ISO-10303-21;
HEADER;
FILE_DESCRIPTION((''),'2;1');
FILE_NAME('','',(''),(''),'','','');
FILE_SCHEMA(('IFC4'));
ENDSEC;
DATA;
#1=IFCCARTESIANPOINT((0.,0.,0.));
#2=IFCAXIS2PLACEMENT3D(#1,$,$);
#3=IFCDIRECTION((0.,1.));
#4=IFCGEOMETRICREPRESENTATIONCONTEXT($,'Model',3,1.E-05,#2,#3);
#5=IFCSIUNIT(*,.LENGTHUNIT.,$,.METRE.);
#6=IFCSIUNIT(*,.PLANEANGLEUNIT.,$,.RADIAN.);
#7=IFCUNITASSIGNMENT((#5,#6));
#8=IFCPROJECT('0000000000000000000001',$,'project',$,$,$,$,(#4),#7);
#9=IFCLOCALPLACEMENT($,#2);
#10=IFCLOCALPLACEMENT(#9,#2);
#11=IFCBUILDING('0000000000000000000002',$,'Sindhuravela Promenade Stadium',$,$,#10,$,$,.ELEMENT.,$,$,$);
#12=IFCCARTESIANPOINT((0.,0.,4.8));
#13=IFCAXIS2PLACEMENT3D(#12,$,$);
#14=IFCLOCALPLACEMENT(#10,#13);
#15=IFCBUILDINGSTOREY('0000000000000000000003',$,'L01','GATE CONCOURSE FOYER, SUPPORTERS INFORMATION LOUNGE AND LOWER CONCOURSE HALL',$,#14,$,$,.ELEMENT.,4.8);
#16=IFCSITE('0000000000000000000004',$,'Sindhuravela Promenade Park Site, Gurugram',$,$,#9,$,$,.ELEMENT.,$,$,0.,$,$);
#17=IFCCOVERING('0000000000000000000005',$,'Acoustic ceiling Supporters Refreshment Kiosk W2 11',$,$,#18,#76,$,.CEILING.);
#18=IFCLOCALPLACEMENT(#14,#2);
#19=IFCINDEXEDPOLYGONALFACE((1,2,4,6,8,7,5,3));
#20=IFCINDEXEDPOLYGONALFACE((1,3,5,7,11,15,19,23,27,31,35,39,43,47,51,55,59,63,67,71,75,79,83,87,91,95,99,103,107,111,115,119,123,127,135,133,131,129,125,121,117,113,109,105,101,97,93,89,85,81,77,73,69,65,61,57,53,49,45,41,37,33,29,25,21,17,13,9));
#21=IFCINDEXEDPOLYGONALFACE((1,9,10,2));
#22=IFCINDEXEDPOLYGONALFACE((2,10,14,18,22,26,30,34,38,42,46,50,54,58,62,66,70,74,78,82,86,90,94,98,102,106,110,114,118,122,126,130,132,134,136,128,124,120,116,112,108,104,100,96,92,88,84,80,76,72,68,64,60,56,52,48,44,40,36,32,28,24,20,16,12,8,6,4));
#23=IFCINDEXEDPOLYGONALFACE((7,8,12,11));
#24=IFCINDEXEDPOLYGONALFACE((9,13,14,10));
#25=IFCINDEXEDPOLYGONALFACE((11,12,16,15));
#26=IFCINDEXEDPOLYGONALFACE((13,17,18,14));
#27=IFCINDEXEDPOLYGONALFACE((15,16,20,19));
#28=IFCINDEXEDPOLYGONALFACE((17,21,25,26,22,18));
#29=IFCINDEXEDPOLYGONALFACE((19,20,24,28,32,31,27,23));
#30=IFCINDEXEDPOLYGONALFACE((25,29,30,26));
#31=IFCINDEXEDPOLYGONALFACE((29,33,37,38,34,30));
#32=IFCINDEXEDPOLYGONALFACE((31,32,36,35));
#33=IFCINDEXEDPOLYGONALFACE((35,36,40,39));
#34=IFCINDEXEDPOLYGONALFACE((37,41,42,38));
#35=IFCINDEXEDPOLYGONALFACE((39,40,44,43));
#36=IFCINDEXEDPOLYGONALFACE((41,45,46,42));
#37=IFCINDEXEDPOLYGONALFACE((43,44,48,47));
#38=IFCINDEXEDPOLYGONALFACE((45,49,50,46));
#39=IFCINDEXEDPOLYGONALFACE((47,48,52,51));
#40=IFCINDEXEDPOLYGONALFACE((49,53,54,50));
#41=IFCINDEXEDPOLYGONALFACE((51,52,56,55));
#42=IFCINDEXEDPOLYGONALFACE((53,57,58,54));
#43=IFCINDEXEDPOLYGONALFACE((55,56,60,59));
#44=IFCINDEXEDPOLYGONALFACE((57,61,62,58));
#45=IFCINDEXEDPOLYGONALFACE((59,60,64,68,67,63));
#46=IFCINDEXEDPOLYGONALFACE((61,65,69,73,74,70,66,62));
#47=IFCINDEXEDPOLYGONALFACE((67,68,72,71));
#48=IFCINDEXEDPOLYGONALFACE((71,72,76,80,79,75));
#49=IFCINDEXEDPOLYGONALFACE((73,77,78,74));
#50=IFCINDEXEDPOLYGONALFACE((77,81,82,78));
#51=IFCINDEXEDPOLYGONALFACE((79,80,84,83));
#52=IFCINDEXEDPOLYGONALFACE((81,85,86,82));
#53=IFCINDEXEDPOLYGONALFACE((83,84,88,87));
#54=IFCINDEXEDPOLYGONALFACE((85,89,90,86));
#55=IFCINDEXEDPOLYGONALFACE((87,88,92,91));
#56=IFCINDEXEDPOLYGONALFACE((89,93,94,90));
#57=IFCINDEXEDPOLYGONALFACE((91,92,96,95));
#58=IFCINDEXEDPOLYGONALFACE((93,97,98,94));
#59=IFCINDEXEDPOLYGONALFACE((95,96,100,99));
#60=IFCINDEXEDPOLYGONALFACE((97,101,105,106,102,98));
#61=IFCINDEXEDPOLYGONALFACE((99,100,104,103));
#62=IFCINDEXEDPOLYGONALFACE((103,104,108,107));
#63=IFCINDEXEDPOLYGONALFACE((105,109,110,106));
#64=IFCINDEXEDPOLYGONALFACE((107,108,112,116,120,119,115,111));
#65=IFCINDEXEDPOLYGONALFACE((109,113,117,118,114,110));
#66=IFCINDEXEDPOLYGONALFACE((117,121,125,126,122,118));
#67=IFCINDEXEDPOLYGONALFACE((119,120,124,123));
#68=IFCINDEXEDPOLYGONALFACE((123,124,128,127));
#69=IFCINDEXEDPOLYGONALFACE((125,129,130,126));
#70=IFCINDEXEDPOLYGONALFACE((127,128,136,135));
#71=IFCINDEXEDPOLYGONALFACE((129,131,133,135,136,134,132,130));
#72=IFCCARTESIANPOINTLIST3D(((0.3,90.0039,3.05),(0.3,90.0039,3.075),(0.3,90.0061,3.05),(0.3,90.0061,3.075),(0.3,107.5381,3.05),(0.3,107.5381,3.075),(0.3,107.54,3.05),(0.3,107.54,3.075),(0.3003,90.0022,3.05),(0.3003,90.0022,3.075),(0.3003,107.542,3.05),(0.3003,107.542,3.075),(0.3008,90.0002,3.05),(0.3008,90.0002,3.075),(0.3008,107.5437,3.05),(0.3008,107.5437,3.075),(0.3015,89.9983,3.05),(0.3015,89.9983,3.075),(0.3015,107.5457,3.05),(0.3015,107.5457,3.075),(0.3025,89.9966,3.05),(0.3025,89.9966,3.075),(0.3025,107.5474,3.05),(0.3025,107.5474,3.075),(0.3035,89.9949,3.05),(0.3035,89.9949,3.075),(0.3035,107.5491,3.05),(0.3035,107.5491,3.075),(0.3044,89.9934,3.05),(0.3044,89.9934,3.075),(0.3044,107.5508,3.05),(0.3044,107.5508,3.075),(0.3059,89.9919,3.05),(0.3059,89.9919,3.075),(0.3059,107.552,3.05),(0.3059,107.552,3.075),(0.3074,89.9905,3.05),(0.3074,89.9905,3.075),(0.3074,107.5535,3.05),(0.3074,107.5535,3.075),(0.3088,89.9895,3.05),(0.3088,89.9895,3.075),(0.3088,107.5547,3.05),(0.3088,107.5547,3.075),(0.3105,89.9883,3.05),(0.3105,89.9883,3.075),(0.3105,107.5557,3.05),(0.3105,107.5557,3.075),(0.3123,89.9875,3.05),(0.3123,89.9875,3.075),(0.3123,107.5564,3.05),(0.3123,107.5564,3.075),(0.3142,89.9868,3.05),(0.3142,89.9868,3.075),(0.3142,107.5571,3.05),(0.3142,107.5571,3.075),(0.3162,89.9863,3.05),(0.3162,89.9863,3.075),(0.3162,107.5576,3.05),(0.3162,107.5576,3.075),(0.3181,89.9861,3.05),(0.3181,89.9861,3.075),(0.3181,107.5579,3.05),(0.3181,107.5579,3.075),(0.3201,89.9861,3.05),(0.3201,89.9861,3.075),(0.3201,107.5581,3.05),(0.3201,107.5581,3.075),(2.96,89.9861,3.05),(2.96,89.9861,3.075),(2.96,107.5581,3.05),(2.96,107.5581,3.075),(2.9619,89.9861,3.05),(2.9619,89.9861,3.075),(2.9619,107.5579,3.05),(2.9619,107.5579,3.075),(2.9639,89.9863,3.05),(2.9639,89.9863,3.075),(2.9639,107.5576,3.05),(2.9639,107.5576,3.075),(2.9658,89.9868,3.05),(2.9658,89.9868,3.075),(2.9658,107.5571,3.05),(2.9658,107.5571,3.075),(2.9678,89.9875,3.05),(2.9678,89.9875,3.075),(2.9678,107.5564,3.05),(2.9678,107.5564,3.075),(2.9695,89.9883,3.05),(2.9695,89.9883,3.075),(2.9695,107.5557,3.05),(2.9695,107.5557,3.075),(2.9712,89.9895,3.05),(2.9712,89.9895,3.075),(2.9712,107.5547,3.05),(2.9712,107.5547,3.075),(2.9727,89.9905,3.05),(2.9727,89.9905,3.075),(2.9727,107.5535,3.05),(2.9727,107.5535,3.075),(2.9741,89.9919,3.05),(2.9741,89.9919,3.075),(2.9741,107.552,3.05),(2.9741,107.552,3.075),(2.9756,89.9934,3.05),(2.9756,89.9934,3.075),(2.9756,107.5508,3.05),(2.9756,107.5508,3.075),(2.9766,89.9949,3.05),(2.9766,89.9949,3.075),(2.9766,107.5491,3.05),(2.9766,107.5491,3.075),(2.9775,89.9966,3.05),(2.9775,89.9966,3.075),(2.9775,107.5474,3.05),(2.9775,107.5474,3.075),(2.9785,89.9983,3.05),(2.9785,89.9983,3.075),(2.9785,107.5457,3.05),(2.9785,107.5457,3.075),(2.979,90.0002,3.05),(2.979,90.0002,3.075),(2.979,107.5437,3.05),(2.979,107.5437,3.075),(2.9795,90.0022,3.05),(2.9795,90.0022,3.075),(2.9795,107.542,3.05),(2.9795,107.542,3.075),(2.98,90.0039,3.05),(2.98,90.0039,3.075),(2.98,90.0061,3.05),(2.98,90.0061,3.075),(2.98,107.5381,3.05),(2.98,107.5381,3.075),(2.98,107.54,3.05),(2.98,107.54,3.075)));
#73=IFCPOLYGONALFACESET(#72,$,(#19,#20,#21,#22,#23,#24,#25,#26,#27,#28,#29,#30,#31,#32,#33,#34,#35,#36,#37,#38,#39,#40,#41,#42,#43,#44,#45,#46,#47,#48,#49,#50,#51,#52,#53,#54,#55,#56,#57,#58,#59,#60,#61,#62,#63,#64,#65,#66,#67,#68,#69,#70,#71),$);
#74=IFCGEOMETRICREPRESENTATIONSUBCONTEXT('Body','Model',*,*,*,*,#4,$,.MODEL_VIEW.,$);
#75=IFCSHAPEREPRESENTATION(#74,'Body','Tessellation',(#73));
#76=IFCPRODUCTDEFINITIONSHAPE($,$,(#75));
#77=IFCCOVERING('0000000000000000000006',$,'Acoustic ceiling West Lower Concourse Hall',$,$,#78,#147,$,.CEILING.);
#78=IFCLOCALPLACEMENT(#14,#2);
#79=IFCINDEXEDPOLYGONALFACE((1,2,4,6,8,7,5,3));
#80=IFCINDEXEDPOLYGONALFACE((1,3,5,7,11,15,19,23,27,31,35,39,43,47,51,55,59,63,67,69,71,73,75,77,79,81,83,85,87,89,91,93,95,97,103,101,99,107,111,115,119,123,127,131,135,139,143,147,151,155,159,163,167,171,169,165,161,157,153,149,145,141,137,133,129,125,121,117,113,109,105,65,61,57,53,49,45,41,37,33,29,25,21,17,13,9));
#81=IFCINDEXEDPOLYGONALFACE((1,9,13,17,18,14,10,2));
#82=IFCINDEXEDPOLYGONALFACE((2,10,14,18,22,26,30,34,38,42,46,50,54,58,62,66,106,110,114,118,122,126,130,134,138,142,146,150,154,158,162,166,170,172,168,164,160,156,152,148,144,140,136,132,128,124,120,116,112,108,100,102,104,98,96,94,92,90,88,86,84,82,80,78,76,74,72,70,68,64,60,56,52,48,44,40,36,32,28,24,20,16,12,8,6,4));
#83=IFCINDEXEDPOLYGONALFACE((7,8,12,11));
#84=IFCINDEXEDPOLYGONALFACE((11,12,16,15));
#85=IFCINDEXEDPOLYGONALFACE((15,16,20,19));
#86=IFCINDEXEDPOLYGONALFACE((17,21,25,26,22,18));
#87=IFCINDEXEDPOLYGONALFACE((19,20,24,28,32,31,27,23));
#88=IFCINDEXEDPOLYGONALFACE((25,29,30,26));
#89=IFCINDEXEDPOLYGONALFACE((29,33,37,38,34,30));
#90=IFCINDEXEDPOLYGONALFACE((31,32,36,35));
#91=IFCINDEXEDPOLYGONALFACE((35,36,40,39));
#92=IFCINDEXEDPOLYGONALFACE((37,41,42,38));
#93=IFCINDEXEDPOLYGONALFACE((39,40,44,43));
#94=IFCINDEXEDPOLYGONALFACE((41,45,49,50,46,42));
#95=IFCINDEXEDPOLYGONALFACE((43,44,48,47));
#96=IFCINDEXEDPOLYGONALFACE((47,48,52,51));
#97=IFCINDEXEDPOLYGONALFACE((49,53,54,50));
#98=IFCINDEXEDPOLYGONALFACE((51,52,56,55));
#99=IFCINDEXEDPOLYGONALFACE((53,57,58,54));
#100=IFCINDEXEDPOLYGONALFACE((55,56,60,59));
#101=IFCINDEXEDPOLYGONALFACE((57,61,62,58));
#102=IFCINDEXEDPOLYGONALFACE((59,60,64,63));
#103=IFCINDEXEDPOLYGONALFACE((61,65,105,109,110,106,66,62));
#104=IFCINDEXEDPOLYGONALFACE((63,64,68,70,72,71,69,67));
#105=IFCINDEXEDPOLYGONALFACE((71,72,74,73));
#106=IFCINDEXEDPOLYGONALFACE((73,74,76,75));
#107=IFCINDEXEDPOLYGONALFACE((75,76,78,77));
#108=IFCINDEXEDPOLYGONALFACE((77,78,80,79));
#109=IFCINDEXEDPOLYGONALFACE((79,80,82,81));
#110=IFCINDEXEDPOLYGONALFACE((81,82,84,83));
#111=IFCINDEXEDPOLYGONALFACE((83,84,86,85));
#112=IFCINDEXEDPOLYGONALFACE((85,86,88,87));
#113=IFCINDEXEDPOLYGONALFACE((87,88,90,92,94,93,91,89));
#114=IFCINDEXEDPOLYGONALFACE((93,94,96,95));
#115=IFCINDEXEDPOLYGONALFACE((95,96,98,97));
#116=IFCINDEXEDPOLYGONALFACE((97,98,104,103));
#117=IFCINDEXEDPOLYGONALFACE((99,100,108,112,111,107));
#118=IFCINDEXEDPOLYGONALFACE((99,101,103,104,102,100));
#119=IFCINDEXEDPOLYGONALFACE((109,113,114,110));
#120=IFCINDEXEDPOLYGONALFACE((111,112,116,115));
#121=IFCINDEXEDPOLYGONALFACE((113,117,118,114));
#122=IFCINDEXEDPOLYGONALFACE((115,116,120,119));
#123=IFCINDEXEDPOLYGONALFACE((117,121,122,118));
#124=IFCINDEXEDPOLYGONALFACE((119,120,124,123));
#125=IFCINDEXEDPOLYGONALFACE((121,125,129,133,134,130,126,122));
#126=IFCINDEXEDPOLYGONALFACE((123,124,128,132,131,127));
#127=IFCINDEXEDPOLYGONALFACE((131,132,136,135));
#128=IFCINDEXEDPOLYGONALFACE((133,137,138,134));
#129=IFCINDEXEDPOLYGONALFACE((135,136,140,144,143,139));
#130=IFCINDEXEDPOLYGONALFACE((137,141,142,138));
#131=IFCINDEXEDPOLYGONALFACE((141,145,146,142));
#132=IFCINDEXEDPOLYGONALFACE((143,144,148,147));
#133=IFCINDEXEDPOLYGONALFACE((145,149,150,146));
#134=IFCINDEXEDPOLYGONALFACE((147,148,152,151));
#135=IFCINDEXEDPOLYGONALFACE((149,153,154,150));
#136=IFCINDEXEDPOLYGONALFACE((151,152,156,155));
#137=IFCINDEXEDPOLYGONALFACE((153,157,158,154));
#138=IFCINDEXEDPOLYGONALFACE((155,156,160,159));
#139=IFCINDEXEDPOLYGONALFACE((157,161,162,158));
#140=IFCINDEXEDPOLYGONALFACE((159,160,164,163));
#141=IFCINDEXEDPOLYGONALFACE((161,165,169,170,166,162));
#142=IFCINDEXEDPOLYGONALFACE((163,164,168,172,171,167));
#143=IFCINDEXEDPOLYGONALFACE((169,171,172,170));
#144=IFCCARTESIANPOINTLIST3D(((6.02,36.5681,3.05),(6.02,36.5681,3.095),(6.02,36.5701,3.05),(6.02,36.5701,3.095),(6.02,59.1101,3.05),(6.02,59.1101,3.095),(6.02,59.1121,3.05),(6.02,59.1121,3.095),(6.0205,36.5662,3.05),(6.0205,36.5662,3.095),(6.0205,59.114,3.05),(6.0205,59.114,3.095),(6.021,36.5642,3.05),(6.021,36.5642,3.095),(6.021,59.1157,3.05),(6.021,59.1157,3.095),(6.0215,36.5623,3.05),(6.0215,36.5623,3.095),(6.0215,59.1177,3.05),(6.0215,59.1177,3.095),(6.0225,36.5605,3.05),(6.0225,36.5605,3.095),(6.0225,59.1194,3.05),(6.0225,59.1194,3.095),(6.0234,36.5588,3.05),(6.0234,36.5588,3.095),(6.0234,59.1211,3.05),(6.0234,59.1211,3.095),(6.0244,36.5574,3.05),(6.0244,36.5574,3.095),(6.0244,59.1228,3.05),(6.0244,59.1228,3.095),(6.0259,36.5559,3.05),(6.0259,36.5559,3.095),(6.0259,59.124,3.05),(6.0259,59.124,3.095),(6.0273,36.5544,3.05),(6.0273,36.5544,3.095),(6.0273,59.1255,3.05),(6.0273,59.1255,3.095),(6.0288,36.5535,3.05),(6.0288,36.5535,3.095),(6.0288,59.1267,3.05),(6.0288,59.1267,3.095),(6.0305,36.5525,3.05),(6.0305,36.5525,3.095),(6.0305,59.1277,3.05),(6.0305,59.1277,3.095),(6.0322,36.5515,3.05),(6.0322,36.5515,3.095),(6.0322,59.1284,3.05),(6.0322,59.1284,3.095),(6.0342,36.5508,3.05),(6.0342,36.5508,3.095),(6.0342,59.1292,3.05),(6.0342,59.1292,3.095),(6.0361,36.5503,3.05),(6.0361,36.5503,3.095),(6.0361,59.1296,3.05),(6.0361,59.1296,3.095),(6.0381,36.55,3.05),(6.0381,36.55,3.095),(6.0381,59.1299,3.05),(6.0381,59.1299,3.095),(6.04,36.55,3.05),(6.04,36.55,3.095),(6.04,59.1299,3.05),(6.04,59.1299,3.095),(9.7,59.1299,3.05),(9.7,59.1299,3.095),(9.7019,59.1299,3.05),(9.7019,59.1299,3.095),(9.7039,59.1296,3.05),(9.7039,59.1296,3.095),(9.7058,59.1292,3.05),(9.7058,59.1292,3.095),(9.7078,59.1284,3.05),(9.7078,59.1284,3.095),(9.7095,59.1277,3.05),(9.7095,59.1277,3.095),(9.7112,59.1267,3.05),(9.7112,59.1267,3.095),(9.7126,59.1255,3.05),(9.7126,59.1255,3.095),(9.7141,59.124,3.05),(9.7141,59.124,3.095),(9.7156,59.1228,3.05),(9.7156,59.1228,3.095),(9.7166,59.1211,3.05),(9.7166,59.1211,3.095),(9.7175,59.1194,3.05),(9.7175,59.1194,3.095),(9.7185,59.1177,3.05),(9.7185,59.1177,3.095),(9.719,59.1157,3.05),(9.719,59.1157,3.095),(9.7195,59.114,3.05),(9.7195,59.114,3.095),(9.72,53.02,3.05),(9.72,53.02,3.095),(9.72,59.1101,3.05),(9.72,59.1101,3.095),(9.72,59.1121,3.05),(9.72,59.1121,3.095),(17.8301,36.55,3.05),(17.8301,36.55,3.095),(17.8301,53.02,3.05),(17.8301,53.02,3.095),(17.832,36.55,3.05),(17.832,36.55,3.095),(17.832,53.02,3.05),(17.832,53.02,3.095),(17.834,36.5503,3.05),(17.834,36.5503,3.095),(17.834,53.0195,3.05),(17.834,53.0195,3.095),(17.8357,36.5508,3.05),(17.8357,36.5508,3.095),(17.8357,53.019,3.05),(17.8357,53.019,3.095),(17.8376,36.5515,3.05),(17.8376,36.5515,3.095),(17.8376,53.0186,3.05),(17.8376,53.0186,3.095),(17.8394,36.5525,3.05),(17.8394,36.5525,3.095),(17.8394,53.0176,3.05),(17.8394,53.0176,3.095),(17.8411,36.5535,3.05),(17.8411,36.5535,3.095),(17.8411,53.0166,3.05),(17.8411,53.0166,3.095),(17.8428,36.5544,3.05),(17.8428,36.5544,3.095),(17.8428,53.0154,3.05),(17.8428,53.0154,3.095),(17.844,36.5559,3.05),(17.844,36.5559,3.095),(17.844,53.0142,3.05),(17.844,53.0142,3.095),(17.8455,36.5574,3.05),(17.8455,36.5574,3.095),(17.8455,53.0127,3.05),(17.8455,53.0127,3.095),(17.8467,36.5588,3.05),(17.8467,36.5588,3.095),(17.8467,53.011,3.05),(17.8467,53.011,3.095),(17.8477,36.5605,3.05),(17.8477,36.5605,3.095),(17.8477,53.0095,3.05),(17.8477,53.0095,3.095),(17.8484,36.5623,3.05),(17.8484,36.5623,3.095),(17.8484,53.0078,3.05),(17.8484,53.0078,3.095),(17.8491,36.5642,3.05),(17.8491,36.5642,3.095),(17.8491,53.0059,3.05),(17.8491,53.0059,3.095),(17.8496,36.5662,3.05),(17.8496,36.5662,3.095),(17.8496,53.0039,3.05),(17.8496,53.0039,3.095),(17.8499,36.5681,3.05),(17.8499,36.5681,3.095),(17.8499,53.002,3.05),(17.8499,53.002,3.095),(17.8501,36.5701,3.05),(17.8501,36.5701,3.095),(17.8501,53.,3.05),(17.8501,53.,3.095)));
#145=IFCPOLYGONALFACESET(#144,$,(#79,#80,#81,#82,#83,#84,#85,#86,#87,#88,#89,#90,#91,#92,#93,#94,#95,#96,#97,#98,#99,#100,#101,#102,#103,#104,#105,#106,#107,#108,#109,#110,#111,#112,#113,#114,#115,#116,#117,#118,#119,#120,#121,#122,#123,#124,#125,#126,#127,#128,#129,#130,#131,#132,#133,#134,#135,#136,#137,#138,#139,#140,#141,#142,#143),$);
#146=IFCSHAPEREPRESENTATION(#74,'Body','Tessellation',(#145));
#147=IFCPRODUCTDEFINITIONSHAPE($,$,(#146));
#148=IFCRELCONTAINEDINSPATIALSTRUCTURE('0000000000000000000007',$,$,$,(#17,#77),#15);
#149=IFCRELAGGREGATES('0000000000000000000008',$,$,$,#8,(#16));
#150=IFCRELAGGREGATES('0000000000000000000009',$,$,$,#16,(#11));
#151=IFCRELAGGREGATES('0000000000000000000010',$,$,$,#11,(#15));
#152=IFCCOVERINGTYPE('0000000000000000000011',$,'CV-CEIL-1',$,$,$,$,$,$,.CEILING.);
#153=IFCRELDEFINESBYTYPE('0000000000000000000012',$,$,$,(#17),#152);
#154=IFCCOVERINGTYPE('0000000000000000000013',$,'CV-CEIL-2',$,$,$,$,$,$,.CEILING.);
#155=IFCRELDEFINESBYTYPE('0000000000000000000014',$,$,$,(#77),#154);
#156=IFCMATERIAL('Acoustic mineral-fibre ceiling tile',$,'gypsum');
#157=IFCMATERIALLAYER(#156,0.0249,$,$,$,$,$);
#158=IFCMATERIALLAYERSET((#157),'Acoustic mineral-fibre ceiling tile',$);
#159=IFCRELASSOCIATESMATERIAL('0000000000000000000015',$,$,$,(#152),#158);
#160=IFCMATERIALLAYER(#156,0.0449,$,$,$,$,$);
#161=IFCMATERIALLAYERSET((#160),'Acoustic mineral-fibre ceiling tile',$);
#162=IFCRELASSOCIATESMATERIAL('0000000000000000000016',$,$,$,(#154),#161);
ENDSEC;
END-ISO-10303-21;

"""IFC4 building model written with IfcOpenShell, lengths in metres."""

from ifc_helpers import new_model, si_unit, direction, frame, origin, place, context, subcontext, project, spatial, polyline, outline, extrude, material, layer, layer_set, type_object, element, save


model = new_model("IFC4")

# Units and contexts
model_context = context("Model", 3, precision=1e-05, world=origin(), true_north=direction((0.0, 1.0)))
body_context = subcontext(model_context, "Body", "Model", "MODEL_VIEW")
ifc_project = project(units=[si_unit("LENGTHUNIT", "METRE"), si_unit("PLANEANGLEUNIT", "RADIAN")], contexts=[model_context])

# Site, building, storey
site_placement = place(None, origin())
site = spatial("IfcSite", under=ifc_project, at=site_placement, Name="Sindhuravela Promenade Park Site, Gurugram", CompositionType="ELEMENT", RefElevation=0.0)
building_placement = place(site_placement, origin())
building = spatial("IfcBuilding", under=site, at=building_placement, Name="Sindhuravela Promenade Stadium", CompositionType="ELEMENT")
storey_placement = place(building_placement, frame((0.0, 0.0, 4.8)))
storey = spatial("IfcBuildingStorey", under=building, at=storey_placement, Name="L01", Description="GATE CONCOURSE FOYER, SUPPORTERS INFORMATION LOUNGE AND LOWER CONCOURSE HALL", CompositionType="ELEMENT", Elevation=4.8)

# Coverings
ifc_material_1 = material(Name="Acoustic mineral-fibre ceiling tile", Category="gypsum")
ifc_layer_1 = layer(ifc_material_1, 0.0249)
ifc_layer_set_1 = layer_set([ifc_layer_1], Name="Acoustic mineral-fibre ceiling tile")
covering_type_1 = type_object("IfcCoveringType", Name="CV-CEIL-1", PredefinedType="CEILING", material=ifc_layer_set_1)
covering_1_placement = place(storey_placement, frame((0.0, 0.0, 3.05)))
element("IfcCovering", 1, at=covering_1_placement, inside=storey, type_object=covering_type_1, Name="Acoustic ceiling Supporters Refreshment Kiosk W2 11", PredefinedType="CEILING", context=body_context, shape_type="SweptSolid", body=[
    extrude(outline(polyline([(0.3, 107.5381), (0.3, 107.54), (0.3003, 107.542), (0.3008, 107.5437), (0.3015, 107.5457), (0.3025, 107.5474), (0.3035, 107.5491), (0.3044, 107.5508), (0.3059, 107.552), (0.3074, 107.5535), (0.3088, 107.5547), (0.3105, 107.5557), (0.3123, 107.5564), (0.3142, 107.5571), (0.3162, 107.5576), (0.3181, 107.5579), (0.3201, 107.5581), (2.96, 107.5581), (2.9619, 107.5579), (2.9639, 107.5576), (2.9658, 107.5571), (2.9678, 107.5564), (2.9695, 107.5557), (2.9712, 107.5547), (2.9727, 107.5535), (2.9741, 107.552), (2.9756, 107.5508), (2.9766, 107.5491), (2.9775, 107.5474), (2.9785, 107.5457), (2.979, 107.5437), (2.9795, 107.542), (2.98, 107.54), (2.98, 107.5381), (2.98, 90.0061), (2.98, 90.0039), (2.9795, 90.0022), (2.979, 90.0002), (2.9785, 89.9983), (2.9775, 89.9966), (2.9766, 89.9949), (2.9756, 89.9934), (2.9741, 89.9919), (2.9727, 89.9905), (2.9712, 89.9895), (2.9695, 89.9883), (2.9678, 89.9875), (2.9658, 89.9868), (2.9639, 89.9863), (2.9619, 89.9861), (2.96, 89.9861), (0.3201, 89.9861), (0.3181, 89.9861), (0.3162, 89.9863), (0.3142, 89.9868), (0.3123, 89.9875), (0.3105, 89.9883), (0.3088, 89.9895), (0.3074, 89.9905), (0.3059, 89.9919), (0.3044, 89.9934), (0.3035, 89.9949), (0.3025, 89.9966), (0.3015, 89.9983), (0.3008, 90.0002), (0.3003, 90.0022), (0.3, 90.0039), (0.3, 90.0061), (0.3, 107.5381)])), origin(), (0.0, 0.0, 1.0), 0.0249),
])
ifc_layer_2 = layer(ifc_material_1, 0.0449)
ifc_layer_set_2 = layer_set([ifc_layer_2], Name="Acoustic mineral-fibre ceiling tile")
covering_type_2 = type_object("IfcCoveringType", Name="CV-CEIL-2", PredefinedType="CEILING", material=ifc_layer_set_2)
covering_2_placement = place(storey_placement, frame((0.0, 0.0, 3.05)))
element("IfcCovering", 2, at=covering_2_placement, inside=storey, type_object=covering_type_2, Name="Acoustic ceiling West Lower Concourse Hall", PredefinedType="CEILING", context=body_context, shape_type="SweptSolid", body=[
    extrude(outline(polyline([(6.02, 59.1101), (6.02, 59.1121), (6.0205, 59.114), (6.021, 59.1157), (6.0215, 59.1177), (6.0225, 59.1194), (6.0234, 59.1211), (6.0244, 59.1228), (6.0259, 59.124), (6.0273, 59.1255), (6.0288, 59.1267), (6.0305, 59.1277), (6.0322, 59.1284), (6.0342, 59.1292), (6.0361, 59.1296), (6.0381, 59.1299), (6.04, 59.1299), (9.7, 59.1299), (9.7019, 59.1299), (9.7039, 59.1296), (9.7058, 59.1292), (9.7078, 59.1284), (9.7095, 59.1277), (9.7112, 59.1267), (9.7126, 59.1255), (9.7141, 59.124), (9.7156, 59.1228), (9.7166, 59.1211), (9.7175, 59.1194), (9.7185, 59.1177), (9.719, 59.1157), (9.7195, 59.114), (9.72, 59.1121), (9.72, 59.1101), (9.72, 53.02), (17.8301, 53.02), (17.832, 53.02), (17.834, 53.0195), (17.8357, 53.019), (17.8376, 53.0186), (17.8394, 53.0176), (17.8411, 53.0166), (17.8428, 53.0154), (17.844, 53.0142), (17.8455, 53.0127), (17.8467, 53.011), (17.8477, 53.0095), (17.8484, 53.0078), (17.8491, 53.0059), (17.8496, 53.0039), (17.8499, 53.002), (17.8501, 53.0), (17.8501, 36.5701), (17.8499, 36.5681), (17.8496, 36.5662), (17.8491, 36.5642), (17.8484, 36.5623), (17.8477, 36.5605), (17.8467, 36.5588), (17.8455, 36.5574), (17.844, 36.5559), (17.8428, 36.5544), (17.8411, 36.5535), (17.8394, 36.5525), (17.8376, 36.5515), (17.8357, 36.5508), (17.834, 36.5503), (17.832, 36.55), (17.8301, 36.55), (6.04, 36.55), (6.0381, 36.55), (6.0361, 36.5503), (6.0342, 36.5508), (6.0322, 36.5515), (6.0305, 36.5525), (6.0288, 36.5535), (6.0273, 36.5544), (6.0259, 36.5559), (6.0244, 36.5574), (6.0234, 36.5588), (6.0225, 36.5605), (6.0215, 36.5623), (6.021, 36.5642), (6.0205, 36.5662), (6.02, 36.5681), (6.02, 36.5701), (6.02, 59.1101)])), origin(), (0.0, 0.0, 1.0), 0.0449),
])

save(model, "model.ifc")
